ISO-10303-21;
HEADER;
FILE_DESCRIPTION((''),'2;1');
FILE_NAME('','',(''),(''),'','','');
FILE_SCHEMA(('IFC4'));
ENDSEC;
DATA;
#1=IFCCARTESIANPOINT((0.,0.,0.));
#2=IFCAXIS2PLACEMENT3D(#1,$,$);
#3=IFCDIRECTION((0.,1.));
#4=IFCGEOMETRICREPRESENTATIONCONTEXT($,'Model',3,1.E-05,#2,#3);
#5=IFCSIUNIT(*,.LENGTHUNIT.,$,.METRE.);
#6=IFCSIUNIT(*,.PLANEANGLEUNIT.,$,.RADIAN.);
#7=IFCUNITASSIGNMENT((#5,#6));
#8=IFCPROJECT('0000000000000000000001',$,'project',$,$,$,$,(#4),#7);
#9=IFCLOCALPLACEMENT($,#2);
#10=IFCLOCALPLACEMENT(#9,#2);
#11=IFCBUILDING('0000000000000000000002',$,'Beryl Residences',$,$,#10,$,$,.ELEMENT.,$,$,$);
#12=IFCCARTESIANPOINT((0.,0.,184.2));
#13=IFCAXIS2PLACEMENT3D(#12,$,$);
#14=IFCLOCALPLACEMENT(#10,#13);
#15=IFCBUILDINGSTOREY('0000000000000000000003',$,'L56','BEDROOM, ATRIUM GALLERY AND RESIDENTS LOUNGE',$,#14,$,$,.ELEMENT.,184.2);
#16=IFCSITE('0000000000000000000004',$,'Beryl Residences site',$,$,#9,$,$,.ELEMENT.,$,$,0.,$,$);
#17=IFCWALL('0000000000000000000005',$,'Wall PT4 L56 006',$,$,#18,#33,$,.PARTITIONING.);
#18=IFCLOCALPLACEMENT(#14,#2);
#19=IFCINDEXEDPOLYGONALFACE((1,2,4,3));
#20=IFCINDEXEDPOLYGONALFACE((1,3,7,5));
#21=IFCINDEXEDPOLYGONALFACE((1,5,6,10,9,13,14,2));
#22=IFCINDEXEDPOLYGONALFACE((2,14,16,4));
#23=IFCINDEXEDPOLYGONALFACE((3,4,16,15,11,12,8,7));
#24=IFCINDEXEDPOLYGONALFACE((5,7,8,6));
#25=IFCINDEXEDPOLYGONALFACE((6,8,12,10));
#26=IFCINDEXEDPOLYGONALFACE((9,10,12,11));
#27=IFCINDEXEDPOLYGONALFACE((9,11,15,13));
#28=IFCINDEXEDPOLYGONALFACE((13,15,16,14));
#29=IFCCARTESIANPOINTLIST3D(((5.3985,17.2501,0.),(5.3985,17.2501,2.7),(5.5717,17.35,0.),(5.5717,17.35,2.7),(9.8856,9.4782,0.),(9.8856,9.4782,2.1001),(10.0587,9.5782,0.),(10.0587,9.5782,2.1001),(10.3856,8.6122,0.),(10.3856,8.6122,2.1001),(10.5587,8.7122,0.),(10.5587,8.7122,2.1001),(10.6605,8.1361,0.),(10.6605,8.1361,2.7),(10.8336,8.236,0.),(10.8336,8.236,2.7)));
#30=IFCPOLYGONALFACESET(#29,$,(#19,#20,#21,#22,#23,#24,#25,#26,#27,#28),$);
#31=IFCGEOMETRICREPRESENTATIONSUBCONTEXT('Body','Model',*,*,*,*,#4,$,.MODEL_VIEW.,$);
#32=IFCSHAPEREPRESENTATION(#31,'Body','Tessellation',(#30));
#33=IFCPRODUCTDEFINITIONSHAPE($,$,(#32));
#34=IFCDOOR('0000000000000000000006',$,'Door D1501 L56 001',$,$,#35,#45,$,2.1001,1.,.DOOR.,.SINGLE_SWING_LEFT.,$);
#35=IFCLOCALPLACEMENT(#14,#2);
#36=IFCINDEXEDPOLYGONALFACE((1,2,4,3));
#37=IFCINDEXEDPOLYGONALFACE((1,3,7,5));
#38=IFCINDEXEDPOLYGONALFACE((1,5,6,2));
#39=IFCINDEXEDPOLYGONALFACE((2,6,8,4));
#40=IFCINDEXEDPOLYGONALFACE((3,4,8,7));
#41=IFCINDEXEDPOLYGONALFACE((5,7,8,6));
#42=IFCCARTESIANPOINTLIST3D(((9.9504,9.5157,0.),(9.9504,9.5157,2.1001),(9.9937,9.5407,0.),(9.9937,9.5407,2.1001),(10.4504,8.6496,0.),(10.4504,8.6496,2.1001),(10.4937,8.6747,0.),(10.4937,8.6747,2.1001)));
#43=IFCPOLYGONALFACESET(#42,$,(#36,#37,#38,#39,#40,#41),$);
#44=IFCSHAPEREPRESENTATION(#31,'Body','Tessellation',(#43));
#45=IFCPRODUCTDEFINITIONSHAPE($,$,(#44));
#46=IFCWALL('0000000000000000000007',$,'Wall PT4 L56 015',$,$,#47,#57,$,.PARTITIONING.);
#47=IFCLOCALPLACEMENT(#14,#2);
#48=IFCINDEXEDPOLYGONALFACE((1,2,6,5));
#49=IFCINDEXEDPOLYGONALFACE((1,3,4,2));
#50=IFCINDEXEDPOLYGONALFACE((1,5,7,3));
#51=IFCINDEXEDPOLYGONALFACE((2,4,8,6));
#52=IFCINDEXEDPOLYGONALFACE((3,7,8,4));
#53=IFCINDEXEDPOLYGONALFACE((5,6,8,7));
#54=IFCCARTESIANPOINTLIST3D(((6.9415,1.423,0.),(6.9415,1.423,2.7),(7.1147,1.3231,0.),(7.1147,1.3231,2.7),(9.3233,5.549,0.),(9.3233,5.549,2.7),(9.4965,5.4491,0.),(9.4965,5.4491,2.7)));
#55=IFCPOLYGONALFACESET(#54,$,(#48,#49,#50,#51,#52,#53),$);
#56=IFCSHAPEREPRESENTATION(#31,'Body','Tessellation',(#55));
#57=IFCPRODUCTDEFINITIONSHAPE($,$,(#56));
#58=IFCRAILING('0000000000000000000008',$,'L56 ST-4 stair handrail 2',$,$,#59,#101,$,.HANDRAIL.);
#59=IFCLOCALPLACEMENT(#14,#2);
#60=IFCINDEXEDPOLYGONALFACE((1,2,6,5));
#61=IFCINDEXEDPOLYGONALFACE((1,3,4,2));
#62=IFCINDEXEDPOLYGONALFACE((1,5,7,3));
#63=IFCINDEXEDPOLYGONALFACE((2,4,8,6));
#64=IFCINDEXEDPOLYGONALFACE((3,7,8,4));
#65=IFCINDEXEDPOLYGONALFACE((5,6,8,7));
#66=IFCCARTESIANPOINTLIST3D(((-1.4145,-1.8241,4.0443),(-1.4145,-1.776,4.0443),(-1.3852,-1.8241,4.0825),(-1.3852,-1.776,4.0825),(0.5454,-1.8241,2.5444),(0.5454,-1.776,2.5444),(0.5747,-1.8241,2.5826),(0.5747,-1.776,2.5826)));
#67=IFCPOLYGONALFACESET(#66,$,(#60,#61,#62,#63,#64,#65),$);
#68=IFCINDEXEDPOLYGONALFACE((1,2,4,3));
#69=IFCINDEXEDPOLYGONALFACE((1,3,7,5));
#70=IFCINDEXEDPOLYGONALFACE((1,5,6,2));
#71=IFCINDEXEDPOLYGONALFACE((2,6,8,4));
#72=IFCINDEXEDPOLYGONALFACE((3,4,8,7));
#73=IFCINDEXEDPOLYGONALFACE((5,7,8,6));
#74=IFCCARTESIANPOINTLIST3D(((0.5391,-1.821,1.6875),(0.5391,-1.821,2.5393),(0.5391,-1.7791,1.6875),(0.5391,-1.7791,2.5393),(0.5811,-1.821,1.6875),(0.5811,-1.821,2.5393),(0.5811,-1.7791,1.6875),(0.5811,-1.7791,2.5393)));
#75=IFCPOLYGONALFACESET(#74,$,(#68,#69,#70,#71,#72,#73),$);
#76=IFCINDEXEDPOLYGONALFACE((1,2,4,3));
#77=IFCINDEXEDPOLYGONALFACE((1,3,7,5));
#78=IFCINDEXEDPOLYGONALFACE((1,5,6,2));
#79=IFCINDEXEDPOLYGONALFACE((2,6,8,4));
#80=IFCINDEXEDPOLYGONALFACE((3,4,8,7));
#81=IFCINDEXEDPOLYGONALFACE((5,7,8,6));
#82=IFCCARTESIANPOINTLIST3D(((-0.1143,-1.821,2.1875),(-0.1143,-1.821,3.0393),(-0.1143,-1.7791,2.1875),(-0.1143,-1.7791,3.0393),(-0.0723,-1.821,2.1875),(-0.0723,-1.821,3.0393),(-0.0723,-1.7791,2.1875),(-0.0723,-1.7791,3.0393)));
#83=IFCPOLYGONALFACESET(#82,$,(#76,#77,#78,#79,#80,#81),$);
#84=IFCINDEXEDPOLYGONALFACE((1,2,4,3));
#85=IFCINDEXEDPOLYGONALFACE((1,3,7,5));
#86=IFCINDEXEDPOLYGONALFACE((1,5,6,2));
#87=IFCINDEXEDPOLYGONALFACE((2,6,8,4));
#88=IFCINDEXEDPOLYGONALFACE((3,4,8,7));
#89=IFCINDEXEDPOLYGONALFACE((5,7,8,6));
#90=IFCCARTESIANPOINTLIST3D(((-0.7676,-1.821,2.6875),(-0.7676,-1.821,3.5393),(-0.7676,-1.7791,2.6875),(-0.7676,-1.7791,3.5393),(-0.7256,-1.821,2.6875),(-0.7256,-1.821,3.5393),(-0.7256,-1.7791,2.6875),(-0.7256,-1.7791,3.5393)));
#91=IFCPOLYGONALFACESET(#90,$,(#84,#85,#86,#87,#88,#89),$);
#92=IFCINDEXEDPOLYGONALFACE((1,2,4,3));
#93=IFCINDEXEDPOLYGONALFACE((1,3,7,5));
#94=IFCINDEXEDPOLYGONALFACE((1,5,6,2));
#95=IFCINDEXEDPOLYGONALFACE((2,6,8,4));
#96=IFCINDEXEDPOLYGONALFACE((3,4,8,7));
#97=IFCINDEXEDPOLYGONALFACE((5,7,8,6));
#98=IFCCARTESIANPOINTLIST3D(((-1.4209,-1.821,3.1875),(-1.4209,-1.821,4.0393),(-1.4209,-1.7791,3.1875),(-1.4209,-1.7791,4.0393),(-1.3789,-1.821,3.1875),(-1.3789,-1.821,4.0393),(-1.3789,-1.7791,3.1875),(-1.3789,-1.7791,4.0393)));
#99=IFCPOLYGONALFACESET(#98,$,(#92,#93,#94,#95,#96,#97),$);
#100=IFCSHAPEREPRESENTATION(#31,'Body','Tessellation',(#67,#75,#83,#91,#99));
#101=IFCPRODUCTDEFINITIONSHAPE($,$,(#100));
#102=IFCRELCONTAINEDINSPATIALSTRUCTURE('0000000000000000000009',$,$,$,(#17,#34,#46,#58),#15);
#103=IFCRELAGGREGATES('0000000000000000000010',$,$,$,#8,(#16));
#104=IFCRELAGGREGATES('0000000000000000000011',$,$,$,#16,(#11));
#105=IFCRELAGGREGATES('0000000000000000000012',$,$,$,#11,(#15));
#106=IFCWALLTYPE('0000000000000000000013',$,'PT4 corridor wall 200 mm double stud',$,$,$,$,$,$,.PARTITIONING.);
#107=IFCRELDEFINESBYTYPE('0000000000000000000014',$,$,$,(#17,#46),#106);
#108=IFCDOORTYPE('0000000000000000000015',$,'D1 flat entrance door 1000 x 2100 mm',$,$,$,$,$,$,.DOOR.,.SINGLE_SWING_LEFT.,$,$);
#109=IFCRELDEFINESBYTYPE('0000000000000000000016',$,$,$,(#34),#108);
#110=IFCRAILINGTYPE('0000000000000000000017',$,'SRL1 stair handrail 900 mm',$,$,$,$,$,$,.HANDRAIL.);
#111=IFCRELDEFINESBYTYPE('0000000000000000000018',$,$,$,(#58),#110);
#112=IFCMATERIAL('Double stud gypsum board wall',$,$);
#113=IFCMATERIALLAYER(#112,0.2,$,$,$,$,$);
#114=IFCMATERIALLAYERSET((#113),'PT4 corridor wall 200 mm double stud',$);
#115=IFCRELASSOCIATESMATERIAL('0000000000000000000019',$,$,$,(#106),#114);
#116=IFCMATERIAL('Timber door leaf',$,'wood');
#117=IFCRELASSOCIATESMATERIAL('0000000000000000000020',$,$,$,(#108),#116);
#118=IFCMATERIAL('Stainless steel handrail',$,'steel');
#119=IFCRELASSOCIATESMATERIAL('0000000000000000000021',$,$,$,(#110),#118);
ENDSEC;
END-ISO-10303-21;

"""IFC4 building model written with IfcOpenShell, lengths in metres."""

from ifc_helpers import new_model, si_unit, direction, frame, frame_2d, origin, origin_2d, place, context, subcontext, project, spatial, rectangle, extrude, material, layer, layer_set, type_object, element, fill, save


model = new_model("IFC4")

# Units and contexts
model_context = context("Model", 3, precision=1e-05, world=origin(), true_north=direction((0.0, 1.0)))
body_context = subcontext(model_context, "Body", "Model", "MODEL_VIEW")
ifc_project = project(units=[si_unit("LENGTHUNIT", "METRE"), si_unit("PLANEANGLEUNIT", "RADIAN")], contexts=[model_context])

# Site, building, storey
site_placement = place(None, origin())
site = spatial("IfcSite", under=ifc_project, at=site_placement, Name="Beryl Residences site", CompositionType="ELEMENT", RefElevation=0.0)
building_placement = place(site_placement, origin())
building = spatial("IfcBuilding", under=site, at=building_placement, Name="Beryl Residences", CompositionType="ELEMENT")
storey_placement = place(building_placement, frame((0.0, 0.0, 184.2)))
storey = spatial("IfcBuildingStorey", under=building, at=storey_placement, Name="L56", Description="BEDROOM, ATRIUM GALLERY AND RESIDENTS LOUNGE", CompositionType="ELEMENT", Elevation=184.2)

# Shared definitions
ifc_material_1 = material(Name="Double stud gypsum board wall")
ifc_layer_1 = layer(ifc_material_1, 0.2)
ifc_layer_set_1 = layer_set([ifc_layer_1], Name="PT4 corridor wall 200 mm double stud")
wall_type_1 = type_object("IfcWallType", Name="PT4 corridor wall 200 mm double stud", PredefinedType="PARTITIONING", material=ifc_layer_set_1)

# Shared definitions
ifc_material_2 = material(Name="Timber door leaf", Category="wood")
door_type_1 = type_object("IfcDoorType", Name="D1 flat entrance door 1000 x 2100 mm", OperationType="SINGLE_SWING_LEFT", PredefinedType="DOOR", material=ifc_material_2)

# Wall, opening, door
wall_1_placement = place(storey_placement, frame((5.4851, 17.3, 0.0), z_axis=(0.0, 0.0, 1.0), x_axis=(0.499999, -0.866026, 0.0)))
wall_1 = element("IfcWall", 1, at=wall_1_placement, inside=storey, type_object=wall_type_1, Name="Wall PT4 L56 006", PredefinedType="PARTITIONING", context=body_context, shape_type="SweptSolid", body=[
    extrude(rectangle(XDim=10.5239, YDim=0.2, at=frame_2d((5.262, 0.0))), origin(), (0.0, 0.0, 1.0), 2.7),
])
opening_1_placement = place(wall_1_placement, frame((8.9741, 0.0, 0.0)))
opening_1 = element("IfcOpeningElement", 2, at=opening_1_placement, cuts=wall_1, PredefinedType="OPENING", context=body_context, shape_type="SweptSolid", body=[
    extrude(rectangle(XDim=1.0, YDim=2.1001, at=frame_2d((0.5, 1.05))), frame((0.0, 0.1099, 0.0), z_axis=(0.0, -1.0, 0.0), x_axis=(1.0, 0.0, 0.0)), (0.0, 0.0, 1.0), 0.22),
])
door_1_placement = place(opening_1_placement, origin())
door_1 = element("IfcDoor", 3, at=door_1_placement, inside=storey, type_object=door_type_1, Name="Door D1501 L56 001", OperationType="SINGLE_SWING_LEFT", OverallHeight=2.1001, OverallWidth=1.0, PredefinedType="DOOR", context=body_context, shape_type="SweptSolid", body=[
    extrude(rectangle(XDim=1.0, YDim=2.1001, at=frame_2d((0.5, 1.05))), frame((0.0, 0.0249, 0.0), z_axis=(0.0, -1.0, 0.0), x_axis=(1.0, 0.0, 0.0)), (0.0, 0.0, 1.0), 0.05),
])
fill(opening_1, door_1)

# Wall
wall_2_placement = place(storey_placement, frame((7.0281, 1.373, 0.0), z_axis=(0.0, 0.0, 1.0), x_axis=(0.499953, 0.866052, 0.0)))
element("IfcWall", 4, at=wall_2_placement, inside=storey, type_object=wall_type_1, Name="Wall PT4 L56 015", PredefinedType="PARTITIONING", context=body_context, shape_type="SweptSolid", body=[
    extrude(rectangle(XDim=4.7642, YDim=0.2, at=frame_2d((2.3821, 0.0))), origin(), (0.0, 0.0, 1.0), 2.7),
])

# Railing
ifc_material_3 = material(Name="Stainless steel handrail", Category="steel")
railing_type_1 = type_object("IfcRailingType", Name="SRL1 stair handrail 900 mm", PredefinedType="HANDRAIL", material=ifc_material_3)
railing_1_placement = place(storey_placement, frame((0.5601, -1.8, 1.6875)))
element("IfcRailing", 5, at=railing_1_placement, inside=storey, type_object=railing_type_1, Name="L56 ST-4 stair handrail 2", PredefinedType="HANDRAIL", context=body_context, shape_type="SweptSolid", body=[
    extrude(rectangle(XDim=0.0481, YDim=0.0481, at=origin_2d()), frame((0.0, 0.0, 0.876), z_axis=(-0.794122, 0.0, 0.607758), x_axis=(0.0, -1.0, 0.0)), (0.0, 0.0, 1.0), 2.468),
    extrude(rectangle(XDim=0.042, YDim=0.042, at=origin_2d()), origin(), (0.0, 0.0, 1.0), 0.8518),
    extrude(rectangle(XDim=0.042, YDim=0.042, at=origin_2d()), frame((-0.6533, 0.0, 0.5)), (0.0, 0.0, 1.0), 0.8518),
    extrude(rectangle(XDim=0.042, YDim=0.042, at=origin_2d()), frame((-1.3066, 0.0, 1.0)), (0.0, 0.0, 1.0), 0.8518),
    extrude(rectangle(XDim=0.042, YDim=0.042, at=origin_2d()), frame((-1.96, 0.0, 1.5)), (0.0, 0.0, 1.0), 0.8518),
])

save(model, "model.ifc")
